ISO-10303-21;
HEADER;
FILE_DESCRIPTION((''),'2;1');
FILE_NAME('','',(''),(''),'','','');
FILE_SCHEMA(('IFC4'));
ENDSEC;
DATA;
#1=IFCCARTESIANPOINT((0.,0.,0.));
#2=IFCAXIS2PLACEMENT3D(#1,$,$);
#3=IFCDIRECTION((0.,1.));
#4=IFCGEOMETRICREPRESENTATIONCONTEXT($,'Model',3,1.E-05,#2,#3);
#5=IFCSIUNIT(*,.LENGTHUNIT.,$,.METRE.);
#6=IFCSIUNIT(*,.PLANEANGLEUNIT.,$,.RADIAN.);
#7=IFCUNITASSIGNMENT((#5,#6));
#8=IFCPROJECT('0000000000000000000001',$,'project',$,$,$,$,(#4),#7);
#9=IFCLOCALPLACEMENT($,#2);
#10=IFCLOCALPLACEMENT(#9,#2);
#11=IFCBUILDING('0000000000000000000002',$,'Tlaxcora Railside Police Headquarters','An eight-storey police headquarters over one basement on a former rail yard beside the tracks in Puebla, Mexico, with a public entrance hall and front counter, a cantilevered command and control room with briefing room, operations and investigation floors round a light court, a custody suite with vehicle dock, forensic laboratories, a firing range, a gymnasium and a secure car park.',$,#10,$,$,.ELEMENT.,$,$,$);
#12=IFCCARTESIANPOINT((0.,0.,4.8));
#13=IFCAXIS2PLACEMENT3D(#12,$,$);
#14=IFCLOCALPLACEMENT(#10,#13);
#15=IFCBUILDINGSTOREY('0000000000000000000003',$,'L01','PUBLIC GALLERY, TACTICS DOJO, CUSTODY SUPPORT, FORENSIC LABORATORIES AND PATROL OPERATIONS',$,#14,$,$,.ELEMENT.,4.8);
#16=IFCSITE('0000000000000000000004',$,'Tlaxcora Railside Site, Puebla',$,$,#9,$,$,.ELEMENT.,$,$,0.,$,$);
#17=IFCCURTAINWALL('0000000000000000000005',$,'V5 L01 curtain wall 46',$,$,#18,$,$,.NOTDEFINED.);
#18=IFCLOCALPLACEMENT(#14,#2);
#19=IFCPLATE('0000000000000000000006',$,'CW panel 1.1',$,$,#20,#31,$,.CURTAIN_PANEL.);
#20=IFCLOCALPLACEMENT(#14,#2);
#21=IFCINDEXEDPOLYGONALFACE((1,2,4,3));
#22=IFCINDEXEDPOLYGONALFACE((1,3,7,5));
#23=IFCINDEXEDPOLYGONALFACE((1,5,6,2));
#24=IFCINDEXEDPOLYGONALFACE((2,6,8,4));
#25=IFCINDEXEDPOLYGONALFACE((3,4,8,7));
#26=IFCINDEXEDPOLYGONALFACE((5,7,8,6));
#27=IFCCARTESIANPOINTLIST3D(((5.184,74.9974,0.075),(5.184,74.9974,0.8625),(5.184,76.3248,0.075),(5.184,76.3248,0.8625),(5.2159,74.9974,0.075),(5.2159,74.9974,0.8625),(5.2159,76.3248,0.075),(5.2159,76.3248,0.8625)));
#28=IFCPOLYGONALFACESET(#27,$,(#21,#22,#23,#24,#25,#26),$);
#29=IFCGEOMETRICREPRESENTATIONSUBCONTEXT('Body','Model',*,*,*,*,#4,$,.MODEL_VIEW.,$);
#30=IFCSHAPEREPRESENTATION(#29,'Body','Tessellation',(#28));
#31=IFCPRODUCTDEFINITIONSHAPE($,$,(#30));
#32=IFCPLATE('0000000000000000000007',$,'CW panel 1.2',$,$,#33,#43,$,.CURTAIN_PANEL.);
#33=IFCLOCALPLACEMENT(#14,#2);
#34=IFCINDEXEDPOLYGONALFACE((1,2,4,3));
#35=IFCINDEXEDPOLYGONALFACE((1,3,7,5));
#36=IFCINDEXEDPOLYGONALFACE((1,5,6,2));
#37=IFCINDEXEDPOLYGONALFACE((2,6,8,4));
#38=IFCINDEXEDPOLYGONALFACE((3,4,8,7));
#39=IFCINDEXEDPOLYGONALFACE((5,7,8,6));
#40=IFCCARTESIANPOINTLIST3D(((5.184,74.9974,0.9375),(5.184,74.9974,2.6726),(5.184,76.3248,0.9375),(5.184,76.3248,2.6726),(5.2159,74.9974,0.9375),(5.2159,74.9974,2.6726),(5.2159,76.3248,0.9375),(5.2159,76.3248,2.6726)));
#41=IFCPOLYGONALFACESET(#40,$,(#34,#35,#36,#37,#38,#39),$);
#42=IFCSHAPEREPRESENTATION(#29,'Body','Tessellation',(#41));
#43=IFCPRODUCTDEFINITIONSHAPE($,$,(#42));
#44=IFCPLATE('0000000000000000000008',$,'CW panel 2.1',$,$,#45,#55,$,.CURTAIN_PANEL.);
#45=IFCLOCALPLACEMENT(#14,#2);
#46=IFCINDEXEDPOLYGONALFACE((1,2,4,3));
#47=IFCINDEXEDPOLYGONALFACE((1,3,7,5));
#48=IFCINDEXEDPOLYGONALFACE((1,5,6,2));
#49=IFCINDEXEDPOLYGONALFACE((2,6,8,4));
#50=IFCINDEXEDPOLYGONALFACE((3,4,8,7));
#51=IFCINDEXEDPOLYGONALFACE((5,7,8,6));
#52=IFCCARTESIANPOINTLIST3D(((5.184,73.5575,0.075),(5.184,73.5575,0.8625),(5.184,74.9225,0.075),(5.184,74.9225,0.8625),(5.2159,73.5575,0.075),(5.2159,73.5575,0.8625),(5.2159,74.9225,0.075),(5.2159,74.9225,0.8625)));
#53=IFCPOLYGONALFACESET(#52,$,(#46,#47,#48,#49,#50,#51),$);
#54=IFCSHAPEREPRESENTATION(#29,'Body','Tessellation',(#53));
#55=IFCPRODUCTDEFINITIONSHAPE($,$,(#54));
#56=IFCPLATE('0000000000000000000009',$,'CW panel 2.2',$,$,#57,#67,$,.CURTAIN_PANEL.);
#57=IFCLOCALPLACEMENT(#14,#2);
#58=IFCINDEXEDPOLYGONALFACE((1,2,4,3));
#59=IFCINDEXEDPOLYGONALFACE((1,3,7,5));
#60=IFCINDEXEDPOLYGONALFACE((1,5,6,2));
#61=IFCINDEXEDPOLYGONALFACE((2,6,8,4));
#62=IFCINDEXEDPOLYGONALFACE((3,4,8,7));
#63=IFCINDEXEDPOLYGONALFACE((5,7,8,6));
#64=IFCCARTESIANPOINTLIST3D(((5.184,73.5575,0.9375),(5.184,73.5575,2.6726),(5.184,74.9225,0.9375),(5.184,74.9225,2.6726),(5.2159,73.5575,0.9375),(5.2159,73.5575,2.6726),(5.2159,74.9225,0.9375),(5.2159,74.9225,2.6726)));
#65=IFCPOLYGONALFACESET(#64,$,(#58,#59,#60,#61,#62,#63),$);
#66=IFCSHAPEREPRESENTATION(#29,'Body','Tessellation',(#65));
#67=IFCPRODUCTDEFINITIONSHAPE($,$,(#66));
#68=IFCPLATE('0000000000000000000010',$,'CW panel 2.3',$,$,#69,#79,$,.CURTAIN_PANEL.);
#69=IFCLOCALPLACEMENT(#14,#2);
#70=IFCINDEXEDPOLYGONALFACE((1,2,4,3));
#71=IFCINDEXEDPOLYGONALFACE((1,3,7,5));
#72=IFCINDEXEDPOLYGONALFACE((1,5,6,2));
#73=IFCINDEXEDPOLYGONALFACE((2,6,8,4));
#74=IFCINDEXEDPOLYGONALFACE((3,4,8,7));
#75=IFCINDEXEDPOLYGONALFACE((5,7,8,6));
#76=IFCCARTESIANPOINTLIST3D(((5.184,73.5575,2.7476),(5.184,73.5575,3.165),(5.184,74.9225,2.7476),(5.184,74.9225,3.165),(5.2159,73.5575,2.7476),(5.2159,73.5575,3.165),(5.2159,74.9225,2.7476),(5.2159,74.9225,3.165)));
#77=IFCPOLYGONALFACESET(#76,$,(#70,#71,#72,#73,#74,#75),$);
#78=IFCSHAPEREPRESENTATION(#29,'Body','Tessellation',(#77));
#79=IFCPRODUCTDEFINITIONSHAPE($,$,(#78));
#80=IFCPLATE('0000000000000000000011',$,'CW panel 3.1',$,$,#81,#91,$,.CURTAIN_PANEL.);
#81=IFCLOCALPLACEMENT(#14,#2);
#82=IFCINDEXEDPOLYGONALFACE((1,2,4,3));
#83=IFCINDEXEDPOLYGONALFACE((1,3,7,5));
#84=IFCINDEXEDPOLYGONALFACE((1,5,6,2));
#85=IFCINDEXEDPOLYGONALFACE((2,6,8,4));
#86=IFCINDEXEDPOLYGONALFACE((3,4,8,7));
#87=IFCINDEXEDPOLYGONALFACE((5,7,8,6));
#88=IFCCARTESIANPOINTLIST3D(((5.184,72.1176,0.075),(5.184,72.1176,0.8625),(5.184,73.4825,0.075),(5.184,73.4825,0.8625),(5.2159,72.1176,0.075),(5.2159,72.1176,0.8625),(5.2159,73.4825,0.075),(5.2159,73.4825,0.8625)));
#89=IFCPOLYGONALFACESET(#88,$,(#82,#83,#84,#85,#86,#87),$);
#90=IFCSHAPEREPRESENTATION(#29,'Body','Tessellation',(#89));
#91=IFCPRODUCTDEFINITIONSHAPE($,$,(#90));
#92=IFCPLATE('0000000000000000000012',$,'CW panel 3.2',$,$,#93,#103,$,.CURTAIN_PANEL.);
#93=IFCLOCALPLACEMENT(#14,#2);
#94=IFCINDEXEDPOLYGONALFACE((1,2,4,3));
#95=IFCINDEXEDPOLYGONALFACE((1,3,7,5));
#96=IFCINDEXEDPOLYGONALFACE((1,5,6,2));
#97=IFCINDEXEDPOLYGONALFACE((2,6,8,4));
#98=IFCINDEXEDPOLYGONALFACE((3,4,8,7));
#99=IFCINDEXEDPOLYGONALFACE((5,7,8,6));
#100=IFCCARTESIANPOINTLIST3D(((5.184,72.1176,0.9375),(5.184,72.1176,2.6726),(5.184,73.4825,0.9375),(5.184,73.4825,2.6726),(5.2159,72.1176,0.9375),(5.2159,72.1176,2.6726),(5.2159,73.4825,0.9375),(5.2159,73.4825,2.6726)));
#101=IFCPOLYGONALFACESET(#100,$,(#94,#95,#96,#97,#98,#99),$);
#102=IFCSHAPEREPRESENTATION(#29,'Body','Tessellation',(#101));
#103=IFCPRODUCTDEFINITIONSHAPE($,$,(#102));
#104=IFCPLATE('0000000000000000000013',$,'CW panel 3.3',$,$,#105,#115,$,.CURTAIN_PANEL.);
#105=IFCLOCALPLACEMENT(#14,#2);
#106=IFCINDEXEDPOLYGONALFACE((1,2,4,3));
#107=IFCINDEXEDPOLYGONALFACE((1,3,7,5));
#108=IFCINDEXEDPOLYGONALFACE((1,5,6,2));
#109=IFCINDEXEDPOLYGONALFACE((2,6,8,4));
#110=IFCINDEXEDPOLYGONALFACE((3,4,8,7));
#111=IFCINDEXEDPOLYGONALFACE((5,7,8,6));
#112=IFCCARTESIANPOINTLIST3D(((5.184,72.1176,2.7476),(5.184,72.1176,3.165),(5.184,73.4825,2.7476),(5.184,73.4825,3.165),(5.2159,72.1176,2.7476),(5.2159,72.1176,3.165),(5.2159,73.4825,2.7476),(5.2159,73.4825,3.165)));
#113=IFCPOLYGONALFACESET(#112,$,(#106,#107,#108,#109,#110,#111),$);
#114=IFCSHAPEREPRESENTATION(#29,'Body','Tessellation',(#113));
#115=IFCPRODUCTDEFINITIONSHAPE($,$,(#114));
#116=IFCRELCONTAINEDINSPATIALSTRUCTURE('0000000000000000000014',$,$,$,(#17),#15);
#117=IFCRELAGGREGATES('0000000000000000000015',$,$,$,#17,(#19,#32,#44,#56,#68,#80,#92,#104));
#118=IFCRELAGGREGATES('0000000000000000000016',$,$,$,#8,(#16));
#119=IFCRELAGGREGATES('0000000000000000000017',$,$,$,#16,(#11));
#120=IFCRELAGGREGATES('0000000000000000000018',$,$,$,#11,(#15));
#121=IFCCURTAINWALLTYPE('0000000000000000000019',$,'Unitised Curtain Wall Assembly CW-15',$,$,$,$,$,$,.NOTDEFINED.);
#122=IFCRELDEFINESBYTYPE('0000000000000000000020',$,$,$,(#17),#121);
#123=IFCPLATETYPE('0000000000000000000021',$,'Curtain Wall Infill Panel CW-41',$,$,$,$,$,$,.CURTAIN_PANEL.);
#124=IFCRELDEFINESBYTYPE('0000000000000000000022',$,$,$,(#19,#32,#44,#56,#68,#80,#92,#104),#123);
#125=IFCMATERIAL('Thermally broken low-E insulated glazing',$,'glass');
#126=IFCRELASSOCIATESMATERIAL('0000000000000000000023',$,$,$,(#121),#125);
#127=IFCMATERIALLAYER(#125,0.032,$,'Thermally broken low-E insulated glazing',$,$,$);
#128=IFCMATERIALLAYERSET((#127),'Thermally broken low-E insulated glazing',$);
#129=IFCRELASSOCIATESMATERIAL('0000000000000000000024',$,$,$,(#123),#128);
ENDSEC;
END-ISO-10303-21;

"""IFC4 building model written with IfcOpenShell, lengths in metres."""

from ifc_helpers import new_model, si_unit, direction, frame, origin, origin_2d, place, context, subcontext, project, spatial, rectangle, extrude, material, layer, layer_set, type_object, element, aggregate, save


model = new_model("IFC4")

# Units and contexts
model_context = context("Model", 3, precision=1e-05, world=origin(), true_north=direction((0.0, 1.0)))
body_context = subcontext(model_context, "Body", "Model", "MODEL_VIEW")
ifc_project = project(units=[si_unit("LENGTHUNIT", "METRE"), si_unit("PLANEANGLEUNIT", "RADIAN")], contexts=[model_context])

# Site, building, storey
site_placement = place(None, origin())
site = spatial("IfcSite", under=ifc_project, at=site_placement, Name="Tlaxcora Railside Site, Puebla", CompositionType="ELEMENT", RefElevation=0.0)
building_placement = place(site_placement, origin())
building = spatial("IfcBuilding", under=site, at=building_placement, Name="Tlaxcora Railside Police Headquarters", Description="An eight-storey police headquarters over one basement on a former rail yard beside the tracks in Puebla, Mexico, with a public entrance hall and front counter, a cantilevered command and control room with briefing room, operations and investigation floors round a light court, a custody suite with vehicle dock, forensic laboratories, a firing range, a gymnasium and a secure car park.", CompositionType="ELEMENT")
storey_placement = place(building_placement, frame((0.0, 0.0, 4.8)))
storey = spatial("IfcBuildingStorey", under=building, at=storey_placement, Name="L01", Description="PUBLIC GALLERY, TACTICS DOJO, CUSTODY SUPPORT, FORENSIC LABORATORIES AND PATROL OPERATIONS", CompositionType="ELEMENT", Elevation=4.8)

# Curtain wall, plates
ifc_material_1 = material(Name="Thermally broken low-E insulated glazing", Category="glass")
curtain_wall_type = type_object("IfcCurtainWallType", Name="Unitised Curtain Wall Assembly CW-15", PredefinedType="NOTDEFINED", material=ifc_material_1)
curtain_wall_placement = place(storey_placement, origin())
curtain_wall = element("IfcCurtainWall", 1, at=curtain_wall_placement, inside=storey, type_object=curtain_wall_type, Name="V5 L01 curtain wall 46", PredefinedType="NOTDEFINED")
ifc_layer = layer(ifc_material_1, 0.032, Name="Thermally broken low-E insulated glazing")
ifc_layer_set = layer_set([ifc_layer], Name="Thermally broken low-E insulated glazing")
plate_type = type_object("IfcPlateType", Name="Curtain Wall Infill Panel CW-41", PredefinedType="CURTAIN_PANEL", material=ifc_layer_set)
plate_1_placement = place(storey_placement, frame((5.2, 75.6611, 0.075), z_axis=(0.0, 0.0, 1.0), x_axis=(0.0, -1.0, 0.0)))
plate_1 = element("IfcPlate", 2, at=plate_1_placement, type_object=plate_type, Name="CW panel 1.1", PredefinedType="CURTAIN_PANEL", context=body_context, shape_type="SweptSolid", body=[
    extrude(rectangle(XDim=1.3274, YDim=0.032, at=origin_2d()), origin(), (0.0, 0.0, 1.0), 0.7876),
])
plate_2_placement = place(storey_placement, frame((5.2, 75.6611, 0.9375), z_axis=(0.0, 0.0, 1.0), x_axis=(0.0, -1.0, 0.0)))
plate_2 = element("IfcPlate", 3, at=plate_2_placement, type_object=plate_type, Name="CW panel 1.2", PredefinedType="CURTAIN_PANEL", context=body_context, shape_type="SweptSolid", body=[
    extrude(rectangle(XDim=1.3274, YDim=0.032, at=origin_2d()), origin(), (0.0, 0.0, 1.0), 1.7351),
])
plate_3_placement = place(storey_placement, frame((5.2, 74.24, 0.075), z_axis=(0.0, 0.0, 1.0), x_axis=(0.0, -1.0, 0.0)))
plate_3 = element("IfcPlate", 4, at=plate_3_placement, type_object=plate_type, Name="CW panel 2.1", PredefinedType="CURTAIN_PANEL", context=body_context, shape_type="SweptSolid", body=[
    extrude(rectangle(XDim=1.365, YDim=0.032, at=origin_2d()), origin(), (0.0, 0.0, 1.0), 0.7876),
])
plate_4_placement = place(storey_placement, frame((5.2, 74.24, 0.9375), z_axis=(0.0, 0.0, 1.0), x_axis=(0.0, -1.0, 0.0)))
plate_4 = element("IfcPlate", 5, at=plate_4_placement, type_object=plate_type, Name="CW panel 2.2", PredefinedType="CURTAIN_PANEL", context=body_context, shape_type="SweptSolid", body=[
    extrude(rectangle(XDim=1.365, YDim=0.032, at=origin_2d()), origin(), (0.0, 0.0, 1.0), 1.7351),
])
plate_5_placement = place(storey_placement, frame((5.2, 74.24, 2.7476), z_axis=(0.0, 0.0, 1.0), x_axis=(0.0, -1.0, 0.0)))
plate_5 = element("IfcPlate", 6, at=plate_5_placement, type_object=plate_type, Name="CW panel 2.3", PredefinedType="CURTAIN_PANEL", context=body_context, shape_type="SweptSolid", body=[
    extrude(rectangle(XDim=1.365, YDim=0.032, at=origin_2d()), origin(), (0.0, 0.0, 1.0), 0.4175),
])
plate_6_placement = place(storey_placement, frame((5.2, 72.8, 0.075), z_axis=(0.0, 0.0, 1.0), x_axis=(0.0, -1.0, 0.0)))
plate_6 = element("IfcPlate", 7, at=plate_6_placement, type_object=plate_type, Name="CW panel 3.1", PredefinedType="CURTAIN_PANEL", context=body_context, shape_type="SweptSolid", body=[
    extrude(rectangle(XDim=1.365, YDim=0.032, at=origin_2d()), origin(), (0.0, 0.0, 1.0), 0.7876),
])
plate_7_placement = place(storey_placement, frame((5.2, 72.8, 0.9375), z_axis=(0.0, 0.0, 1.0), x_axis=(0.0, -1.0, 0.0)))
plate_7 = element("IfcPlate", 8, at=plate_7_placement, type_object=plate_type, Name="CW panel 3.2", PredefinedType="CURTAIN_PANEL", context=body_context, shape_type="SweptSolid", body=[
    extrude(rectangle(XDim=1.365, YDim=0.032, at=origin_2d()), origin(), (0.0, 0.0, 1.0), 1.7351),
])
plate_8_placement = place(storey_placement, frame((5.2, 72.8, 2.7476), z_axis=(0.0, 0.0, 1.0), x_axis=(0.0, -1.0, 0.0)))
plate_8 = element("IfcPlate", 9, at=plate_8_placement, type_object=plate_type, Name="CW panel 3.3", PredefinedType="CURTAIN_PANEL", context=body_context, shape_type="SweptSolid", body=[
    extrude(rectangle(XDim=1.365, YDim=0.032, at=origin_2d()), origin(), (0.0, 0.0, 1.0), 0.4175),
])
aggregate(curtain_wall, [plate_1, plate_2, plate_3, plate_4, plate_5, plate_6, plate_7, plate_8])

save(model, "model.ifc")
